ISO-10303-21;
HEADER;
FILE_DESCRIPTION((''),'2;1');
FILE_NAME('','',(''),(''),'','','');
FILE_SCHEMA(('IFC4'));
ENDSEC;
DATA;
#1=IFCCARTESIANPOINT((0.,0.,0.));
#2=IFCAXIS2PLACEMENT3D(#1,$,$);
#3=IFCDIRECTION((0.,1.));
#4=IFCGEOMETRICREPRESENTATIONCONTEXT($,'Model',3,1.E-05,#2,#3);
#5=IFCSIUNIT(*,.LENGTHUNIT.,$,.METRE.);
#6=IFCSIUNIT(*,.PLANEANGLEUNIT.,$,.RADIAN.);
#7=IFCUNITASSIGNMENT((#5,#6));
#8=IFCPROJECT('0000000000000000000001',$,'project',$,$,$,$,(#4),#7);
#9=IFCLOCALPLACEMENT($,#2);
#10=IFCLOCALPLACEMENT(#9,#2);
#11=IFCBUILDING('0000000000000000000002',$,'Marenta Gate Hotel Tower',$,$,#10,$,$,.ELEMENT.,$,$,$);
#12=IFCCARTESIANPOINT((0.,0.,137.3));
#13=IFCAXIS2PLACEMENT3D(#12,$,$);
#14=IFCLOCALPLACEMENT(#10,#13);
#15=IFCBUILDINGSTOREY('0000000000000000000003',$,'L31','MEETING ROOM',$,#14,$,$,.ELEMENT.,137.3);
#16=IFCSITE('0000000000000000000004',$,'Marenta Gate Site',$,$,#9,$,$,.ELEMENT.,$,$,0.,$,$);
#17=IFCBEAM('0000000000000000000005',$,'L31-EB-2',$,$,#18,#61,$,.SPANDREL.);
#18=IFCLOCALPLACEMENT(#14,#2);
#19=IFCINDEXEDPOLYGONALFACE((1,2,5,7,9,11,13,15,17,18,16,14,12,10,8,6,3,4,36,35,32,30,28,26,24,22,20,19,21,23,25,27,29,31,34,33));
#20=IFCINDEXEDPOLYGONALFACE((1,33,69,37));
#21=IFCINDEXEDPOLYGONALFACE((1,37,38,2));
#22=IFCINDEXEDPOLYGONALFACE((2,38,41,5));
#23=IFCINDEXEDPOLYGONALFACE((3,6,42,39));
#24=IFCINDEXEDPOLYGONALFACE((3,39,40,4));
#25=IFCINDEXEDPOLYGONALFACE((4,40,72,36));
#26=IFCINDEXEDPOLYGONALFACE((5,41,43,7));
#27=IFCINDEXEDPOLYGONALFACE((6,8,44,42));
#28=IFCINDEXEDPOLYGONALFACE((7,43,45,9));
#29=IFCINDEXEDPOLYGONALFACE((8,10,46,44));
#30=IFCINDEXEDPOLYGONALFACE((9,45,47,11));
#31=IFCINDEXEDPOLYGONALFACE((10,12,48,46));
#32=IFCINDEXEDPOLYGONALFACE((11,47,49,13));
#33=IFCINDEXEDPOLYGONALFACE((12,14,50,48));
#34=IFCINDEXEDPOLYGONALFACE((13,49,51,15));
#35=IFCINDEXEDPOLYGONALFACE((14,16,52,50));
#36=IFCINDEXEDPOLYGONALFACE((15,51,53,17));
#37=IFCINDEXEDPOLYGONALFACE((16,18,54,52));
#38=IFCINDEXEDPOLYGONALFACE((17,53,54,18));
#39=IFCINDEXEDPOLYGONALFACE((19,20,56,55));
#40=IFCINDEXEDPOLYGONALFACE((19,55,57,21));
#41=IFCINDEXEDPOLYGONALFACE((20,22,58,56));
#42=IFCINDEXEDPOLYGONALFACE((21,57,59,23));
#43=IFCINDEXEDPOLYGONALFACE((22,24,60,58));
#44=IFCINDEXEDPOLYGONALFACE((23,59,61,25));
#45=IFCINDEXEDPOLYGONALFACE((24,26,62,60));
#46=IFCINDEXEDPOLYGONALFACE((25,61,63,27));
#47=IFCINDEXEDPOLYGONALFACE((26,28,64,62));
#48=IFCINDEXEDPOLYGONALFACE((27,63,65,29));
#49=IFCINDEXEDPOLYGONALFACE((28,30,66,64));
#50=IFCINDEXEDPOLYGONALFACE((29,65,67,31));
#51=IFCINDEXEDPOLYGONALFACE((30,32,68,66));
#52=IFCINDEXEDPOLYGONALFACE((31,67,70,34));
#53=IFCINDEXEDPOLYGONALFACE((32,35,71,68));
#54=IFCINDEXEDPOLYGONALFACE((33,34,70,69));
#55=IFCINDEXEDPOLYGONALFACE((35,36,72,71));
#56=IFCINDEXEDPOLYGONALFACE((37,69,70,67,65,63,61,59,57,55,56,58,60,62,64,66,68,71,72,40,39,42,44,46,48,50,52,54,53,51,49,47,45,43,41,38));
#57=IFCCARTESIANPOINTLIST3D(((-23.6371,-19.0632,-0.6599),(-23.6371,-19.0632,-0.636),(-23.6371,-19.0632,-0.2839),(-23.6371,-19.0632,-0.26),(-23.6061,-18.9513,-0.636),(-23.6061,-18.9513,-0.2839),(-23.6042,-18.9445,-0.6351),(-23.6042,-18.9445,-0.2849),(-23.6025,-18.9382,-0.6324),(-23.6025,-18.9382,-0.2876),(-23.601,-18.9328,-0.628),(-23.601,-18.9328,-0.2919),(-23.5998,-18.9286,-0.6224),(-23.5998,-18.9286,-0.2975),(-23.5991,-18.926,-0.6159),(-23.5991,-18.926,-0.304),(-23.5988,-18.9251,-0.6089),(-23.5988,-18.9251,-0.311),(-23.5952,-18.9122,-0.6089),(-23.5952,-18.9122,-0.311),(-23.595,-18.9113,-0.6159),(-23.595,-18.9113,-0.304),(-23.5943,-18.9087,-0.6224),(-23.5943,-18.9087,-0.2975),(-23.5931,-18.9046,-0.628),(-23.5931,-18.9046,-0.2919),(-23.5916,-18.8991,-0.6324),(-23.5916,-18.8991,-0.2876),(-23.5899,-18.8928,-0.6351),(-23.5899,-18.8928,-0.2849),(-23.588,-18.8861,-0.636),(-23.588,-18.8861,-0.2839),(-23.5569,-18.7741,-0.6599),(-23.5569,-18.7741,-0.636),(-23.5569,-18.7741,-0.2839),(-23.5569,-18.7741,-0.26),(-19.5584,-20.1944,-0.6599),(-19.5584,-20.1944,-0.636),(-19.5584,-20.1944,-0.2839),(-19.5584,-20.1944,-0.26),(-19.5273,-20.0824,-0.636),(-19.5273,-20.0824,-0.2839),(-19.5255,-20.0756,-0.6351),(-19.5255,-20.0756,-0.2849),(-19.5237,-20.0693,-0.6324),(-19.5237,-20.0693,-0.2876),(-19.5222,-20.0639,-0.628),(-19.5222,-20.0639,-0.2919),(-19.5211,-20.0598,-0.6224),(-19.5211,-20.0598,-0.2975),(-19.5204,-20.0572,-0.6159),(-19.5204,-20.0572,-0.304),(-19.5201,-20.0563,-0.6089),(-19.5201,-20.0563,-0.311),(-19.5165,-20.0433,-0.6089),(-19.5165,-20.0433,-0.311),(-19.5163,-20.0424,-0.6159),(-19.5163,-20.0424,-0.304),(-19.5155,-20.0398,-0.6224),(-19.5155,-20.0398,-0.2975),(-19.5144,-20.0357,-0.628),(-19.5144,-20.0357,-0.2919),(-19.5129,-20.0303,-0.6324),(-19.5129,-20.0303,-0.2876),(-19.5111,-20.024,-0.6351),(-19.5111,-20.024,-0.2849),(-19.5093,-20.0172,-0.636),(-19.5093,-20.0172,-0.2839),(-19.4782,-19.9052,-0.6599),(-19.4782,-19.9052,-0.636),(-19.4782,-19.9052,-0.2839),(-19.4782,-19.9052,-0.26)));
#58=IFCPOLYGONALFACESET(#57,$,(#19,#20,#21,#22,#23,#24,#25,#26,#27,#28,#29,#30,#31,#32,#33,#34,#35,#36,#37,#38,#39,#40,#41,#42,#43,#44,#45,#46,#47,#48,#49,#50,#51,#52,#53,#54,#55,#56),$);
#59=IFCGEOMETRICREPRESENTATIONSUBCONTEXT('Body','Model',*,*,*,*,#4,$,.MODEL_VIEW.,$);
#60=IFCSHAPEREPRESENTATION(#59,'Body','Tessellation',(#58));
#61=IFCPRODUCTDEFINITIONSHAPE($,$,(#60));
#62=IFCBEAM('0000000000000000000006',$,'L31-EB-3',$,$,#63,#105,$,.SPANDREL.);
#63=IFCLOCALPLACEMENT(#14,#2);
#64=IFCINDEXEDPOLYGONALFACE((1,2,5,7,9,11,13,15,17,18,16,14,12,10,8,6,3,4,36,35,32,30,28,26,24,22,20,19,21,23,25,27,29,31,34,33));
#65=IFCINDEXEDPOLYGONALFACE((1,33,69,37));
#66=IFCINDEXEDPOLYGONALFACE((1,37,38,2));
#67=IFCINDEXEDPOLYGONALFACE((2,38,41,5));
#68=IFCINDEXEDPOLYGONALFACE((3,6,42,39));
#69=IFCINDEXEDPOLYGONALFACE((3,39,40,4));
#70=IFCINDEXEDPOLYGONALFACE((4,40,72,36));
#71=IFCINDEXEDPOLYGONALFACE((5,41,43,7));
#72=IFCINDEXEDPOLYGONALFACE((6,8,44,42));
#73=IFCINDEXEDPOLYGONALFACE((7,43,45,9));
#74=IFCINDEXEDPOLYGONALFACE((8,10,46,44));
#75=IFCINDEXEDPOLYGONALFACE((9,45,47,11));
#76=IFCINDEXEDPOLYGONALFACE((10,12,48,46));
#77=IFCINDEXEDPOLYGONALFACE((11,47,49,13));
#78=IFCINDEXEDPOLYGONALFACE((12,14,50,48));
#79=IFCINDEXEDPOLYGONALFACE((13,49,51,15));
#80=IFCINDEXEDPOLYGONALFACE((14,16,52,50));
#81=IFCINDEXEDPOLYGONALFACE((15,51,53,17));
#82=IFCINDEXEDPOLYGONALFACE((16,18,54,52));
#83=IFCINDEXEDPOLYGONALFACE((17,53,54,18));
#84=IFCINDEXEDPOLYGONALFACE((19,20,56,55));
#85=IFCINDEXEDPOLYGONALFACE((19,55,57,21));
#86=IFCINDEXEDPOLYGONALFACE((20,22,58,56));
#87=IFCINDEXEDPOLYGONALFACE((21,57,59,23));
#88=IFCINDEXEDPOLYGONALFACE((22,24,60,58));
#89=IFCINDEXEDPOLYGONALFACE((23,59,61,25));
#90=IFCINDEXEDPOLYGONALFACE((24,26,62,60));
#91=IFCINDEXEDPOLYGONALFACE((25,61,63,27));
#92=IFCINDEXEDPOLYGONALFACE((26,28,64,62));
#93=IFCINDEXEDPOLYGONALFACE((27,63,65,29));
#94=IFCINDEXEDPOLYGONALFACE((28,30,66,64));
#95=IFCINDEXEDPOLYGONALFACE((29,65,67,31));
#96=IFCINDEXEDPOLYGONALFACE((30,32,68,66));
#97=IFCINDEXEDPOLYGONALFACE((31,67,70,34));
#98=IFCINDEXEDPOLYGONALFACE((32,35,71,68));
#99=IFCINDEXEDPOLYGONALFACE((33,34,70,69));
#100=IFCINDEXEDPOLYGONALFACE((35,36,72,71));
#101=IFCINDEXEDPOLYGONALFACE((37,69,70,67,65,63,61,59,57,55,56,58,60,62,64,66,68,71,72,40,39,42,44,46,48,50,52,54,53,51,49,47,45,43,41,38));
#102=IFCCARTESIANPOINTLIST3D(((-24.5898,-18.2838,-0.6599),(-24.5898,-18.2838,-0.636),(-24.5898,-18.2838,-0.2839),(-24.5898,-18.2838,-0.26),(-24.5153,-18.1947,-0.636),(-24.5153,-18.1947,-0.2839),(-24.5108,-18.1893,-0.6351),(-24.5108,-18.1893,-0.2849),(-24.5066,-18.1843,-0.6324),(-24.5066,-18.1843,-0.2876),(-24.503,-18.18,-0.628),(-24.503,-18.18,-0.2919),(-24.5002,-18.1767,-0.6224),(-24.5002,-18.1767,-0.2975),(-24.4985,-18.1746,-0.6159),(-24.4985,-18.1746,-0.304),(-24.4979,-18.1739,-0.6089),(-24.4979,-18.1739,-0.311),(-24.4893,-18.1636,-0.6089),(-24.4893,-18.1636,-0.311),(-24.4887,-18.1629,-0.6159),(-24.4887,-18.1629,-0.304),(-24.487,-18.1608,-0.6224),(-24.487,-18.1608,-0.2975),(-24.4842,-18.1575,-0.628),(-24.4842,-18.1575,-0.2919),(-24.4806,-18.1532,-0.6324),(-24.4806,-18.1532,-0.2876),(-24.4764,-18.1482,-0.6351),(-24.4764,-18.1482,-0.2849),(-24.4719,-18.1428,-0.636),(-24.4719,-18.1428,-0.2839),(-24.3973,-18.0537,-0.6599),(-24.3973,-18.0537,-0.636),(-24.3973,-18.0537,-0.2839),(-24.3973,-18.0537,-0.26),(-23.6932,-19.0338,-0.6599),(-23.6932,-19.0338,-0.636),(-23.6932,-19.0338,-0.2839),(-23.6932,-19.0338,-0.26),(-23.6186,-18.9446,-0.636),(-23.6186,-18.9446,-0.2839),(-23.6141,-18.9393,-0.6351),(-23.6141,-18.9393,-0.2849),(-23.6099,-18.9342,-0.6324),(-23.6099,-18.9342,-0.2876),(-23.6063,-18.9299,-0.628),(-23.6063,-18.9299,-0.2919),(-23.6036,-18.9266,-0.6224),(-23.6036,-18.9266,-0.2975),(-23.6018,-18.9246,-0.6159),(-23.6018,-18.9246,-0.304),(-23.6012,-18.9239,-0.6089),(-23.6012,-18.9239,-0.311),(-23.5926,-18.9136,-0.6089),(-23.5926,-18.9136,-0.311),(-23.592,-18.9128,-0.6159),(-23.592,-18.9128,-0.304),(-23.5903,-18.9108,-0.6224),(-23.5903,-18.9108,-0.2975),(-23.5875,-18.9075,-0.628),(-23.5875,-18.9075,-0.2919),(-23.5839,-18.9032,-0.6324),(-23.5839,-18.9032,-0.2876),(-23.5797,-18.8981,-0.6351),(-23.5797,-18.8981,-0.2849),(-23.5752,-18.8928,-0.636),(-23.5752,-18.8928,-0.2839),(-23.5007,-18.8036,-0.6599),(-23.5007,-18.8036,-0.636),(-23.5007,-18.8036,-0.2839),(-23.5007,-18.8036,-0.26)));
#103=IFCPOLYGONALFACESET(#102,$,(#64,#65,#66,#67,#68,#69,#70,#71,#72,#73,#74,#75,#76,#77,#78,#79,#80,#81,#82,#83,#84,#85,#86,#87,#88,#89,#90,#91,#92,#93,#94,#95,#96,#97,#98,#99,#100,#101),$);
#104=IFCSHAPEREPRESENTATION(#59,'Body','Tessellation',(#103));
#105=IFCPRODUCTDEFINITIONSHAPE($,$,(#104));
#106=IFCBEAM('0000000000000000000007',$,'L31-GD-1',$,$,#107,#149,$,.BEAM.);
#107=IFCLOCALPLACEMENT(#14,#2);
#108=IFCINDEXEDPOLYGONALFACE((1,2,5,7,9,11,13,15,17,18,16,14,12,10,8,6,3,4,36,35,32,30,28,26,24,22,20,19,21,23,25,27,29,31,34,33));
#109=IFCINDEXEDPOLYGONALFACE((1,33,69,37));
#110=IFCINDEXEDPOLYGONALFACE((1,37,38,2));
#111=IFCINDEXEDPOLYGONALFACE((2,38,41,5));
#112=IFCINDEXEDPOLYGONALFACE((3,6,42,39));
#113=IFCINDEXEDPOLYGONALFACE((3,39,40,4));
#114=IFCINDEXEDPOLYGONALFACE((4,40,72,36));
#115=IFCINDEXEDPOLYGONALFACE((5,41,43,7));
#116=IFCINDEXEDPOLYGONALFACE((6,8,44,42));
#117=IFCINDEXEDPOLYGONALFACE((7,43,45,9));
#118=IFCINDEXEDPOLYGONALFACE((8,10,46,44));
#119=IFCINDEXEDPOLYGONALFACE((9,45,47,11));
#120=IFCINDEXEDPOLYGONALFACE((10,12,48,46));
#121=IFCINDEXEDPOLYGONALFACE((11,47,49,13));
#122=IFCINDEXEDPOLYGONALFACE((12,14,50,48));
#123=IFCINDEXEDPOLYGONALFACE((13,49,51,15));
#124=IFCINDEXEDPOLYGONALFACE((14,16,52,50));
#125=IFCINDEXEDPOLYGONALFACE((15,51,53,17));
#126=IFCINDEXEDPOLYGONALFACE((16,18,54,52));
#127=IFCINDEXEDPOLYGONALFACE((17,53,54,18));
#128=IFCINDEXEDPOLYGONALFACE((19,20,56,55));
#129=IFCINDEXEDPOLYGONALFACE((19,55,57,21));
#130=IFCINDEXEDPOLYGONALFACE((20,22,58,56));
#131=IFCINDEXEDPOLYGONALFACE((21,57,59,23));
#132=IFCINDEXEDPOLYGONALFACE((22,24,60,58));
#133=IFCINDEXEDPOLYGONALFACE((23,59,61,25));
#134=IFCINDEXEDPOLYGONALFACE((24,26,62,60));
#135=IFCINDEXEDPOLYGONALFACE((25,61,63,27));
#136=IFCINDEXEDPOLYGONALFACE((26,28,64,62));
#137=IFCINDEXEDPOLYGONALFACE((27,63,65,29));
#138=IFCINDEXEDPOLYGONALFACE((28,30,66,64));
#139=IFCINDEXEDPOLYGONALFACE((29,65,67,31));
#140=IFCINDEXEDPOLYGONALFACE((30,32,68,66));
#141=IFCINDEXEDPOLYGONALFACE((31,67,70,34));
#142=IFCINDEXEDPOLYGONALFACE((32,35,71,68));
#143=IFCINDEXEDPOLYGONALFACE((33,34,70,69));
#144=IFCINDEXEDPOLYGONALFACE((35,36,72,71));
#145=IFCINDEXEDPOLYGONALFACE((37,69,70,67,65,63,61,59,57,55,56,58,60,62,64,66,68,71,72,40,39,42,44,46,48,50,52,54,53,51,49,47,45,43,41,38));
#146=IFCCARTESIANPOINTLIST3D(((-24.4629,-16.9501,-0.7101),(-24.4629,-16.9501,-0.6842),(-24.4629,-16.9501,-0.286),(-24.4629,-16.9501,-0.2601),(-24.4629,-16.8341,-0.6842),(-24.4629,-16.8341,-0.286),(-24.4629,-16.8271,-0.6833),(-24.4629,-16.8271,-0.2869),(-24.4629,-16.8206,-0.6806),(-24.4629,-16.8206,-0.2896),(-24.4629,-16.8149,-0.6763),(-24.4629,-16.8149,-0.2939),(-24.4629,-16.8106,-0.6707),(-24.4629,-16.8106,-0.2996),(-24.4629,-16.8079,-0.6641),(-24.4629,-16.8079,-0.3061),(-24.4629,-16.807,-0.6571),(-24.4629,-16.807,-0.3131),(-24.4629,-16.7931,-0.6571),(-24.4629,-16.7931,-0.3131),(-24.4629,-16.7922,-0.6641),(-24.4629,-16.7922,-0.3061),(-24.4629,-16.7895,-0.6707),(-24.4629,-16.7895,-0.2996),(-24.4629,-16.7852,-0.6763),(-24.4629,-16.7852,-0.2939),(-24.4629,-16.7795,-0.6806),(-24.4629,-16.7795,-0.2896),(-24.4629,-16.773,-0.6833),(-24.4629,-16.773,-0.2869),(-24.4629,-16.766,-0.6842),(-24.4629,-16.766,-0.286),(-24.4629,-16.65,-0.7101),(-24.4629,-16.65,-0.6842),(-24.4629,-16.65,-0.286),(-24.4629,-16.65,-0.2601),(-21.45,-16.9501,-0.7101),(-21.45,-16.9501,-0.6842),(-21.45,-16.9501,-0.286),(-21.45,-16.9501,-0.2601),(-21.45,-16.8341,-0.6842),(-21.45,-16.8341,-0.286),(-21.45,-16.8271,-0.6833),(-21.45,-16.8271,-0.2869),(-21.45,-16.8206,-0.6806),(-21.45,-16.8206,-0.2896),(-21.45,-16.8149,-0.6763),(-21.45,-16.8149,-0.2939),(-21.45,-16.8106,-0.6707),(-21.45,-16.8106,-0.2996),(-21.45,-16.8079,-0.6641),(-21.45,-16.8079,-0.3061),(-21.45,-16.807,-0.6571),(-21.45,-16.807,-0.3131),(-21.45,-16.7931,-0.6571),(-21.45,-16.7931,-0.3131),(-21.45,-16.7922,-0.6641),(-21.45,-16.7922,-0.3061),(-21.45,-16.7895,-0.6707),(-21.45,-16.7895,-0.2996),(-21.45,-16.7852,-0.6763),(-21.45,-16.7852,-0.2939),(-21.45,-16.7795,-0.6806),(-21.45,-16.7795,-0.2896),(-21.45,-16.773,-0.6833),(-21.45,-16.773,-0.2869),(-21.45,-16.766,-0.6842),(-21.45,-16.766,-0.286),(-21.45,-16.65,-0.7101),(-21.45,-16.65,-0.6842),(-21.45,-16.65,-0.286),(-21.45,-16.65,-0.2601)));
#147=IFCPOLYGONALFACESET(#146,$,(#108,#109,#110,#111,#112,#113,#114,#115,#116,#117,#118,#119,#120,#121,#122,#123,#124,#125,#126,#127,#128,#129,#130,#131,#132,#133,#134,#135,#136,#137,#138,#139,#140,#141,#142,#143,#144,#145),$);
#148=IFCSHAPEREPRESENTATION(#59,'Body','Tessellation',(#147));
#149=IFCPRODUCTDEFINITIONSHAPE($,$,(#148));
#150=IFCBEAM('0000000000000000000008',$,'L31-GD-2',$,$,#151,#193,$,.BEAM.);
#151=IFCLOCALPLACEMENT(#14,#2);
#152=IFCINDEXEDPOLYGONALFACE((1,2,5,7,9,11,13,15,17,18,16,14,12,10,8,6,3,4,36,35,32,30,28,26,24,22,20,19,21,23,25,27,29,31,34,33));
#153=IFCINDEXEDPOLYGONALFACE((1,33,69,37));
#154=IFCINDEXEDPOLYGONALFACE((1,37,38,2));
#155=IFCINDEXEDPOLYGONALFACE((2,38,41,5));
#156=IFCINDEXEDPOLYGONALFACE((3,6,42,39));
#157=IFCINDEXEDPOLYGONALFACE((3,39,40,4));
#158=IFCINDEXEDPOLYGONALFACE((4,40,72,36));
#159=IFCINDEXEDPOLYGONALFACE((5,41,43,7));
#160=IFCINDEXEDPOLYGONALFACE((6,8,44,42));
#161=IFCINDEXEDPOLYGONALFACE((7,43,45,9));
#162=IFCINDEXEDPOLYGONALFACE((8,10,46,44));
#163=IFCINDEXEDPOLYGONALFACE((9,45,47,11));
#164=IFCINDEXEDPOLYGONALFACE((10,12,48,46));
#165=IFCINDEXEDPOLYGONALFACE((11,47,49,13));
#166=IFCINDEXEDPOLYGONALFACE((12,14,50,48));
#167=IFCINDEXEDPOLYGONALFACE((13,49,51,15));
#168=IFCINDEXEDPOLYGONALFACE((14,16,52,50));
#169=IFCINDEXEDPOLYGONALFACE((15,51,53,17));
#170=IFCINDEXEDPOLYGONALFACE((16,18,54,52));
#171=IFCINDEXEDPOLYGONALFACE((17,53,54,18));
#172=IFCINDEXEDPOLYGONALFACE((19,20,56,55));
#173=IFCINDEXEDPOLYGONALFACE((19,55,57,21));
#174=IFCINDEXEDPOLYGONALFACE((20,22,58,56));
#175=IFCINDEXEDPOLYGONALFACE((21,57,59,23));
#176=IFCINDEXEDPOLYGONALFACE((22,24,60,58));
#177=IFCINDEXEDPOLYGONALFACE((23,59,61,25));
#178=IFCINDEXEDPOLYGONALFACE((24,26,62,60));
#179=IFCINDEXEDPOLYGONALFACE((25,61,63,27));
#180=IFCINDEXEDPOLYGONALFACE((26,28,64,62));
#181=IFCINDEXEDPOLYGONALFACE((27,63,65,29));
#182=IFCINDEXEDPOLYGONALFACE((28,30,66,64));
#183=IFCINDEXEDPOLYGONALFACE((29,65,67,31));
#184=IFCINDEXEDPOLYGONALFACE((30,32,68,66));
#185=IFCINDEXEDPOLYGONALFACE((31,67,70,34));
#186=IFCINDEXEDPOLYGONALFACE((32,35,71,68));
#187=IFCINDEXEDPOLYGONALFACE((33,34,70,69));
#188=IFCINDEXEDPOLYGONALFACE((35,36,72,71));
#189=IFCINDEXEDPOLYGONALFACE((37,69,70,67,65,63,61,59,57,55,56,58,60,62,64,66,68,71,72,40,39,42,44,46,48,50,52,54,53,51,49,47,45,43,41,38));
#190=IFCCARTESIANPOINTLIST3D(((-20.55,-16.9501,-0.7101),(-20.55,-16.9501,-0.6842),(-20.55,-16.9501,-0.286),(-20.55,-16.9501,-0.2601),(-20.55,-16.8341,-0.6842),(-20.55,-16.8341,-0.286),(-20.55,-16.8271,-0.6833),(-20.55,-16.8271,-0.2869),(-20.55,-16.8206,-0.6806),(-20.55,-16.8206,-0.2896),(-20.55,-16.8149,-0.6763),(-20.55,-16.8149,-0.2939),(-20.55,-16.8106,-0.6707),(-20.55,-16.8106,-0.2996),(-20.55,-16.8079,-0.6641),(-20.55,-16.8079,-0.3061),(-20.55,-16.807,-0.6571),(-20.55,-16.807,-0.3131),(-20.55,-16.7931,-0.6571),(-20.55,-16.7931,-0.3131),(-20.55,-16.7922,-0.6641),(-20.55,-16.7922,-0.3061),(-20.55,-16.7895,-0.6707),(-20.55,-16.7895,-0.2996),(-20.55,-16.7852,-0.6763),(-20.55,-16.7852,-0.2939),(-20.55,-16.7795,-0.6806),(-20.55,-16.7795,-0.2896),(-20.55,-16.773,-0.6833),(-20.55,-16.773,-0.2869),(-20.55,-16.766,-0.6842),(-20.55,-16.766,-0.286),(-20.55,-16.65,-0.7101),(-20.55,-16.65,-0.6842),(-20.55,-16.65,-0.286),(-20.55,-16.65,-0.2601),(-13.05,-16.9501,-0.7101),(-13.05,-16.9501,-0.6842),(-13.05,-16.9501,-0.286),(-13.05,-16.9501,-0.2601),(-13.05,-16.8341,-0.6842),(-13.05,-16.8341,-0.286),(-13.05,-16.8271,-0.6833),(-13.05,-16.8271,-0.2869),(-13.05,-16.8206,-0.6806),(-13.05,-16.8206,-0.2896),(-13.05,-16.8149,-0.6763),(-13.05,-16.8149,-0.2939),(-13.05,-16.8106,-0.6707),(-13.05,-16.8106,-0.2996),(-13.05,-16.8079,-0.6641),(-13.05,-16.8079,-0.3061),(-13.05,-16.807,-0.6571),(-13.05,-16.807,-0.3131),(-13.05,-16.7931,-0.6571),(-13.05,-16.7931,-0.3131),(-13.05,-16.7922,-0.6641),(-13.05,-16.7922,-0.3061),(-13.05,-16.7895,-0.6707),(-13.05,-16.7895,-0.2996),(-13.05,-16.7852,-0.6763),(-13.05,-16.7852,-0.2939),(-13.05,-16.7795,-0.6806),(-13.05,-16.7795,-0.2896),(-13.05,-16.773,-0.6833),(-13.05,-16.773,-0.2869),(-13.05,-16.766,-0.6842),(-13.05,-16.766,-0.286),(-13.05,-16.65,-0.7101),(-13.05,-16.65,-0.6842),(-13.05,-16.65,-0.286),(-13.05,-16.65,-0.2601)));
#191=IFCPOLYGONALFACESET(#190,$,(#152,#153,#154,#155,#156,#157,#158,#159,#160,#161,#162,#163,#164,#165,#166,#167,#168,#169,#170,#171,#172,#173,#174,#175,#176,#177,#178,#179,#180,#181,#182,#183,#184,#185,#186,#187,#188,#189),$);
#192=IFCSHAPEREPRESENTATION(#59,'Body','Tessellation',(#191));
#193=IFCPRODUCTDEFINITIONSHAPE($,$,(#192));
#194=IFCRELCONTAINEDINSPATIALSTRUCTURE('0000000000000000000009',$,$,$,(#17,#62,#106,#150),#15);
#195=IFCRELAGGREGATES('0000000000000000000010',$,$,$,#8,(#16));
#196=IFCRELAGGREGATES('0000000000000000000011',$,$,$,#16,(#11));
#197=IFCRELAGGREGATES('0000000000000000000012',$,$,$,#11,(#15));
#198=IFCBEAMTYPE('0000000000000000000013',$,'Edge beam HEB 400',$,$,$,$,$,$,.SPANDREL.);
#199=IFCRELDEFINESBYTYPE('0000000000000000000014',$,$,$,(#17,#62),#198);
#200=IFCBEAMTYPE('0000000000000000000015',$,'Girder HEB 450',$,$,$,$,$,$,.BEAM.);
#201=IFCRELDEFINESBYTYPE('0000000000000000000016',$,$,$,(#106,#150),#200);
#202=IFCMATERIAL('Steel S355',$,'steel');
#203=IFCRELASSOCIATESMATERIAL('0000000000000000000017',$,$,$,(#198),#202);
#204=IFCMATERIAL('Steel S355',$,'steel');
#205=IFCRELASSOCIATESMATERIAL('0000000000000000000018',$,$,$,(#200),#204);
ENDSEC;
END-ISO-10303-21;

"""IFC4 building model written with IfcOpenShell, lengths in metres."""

from ifc_helpers import new_model, si_unit, direction, frame, origin, origin_2d, place, context, subcontext, project, spatial, i_section, extrude, material, material_profile, profile_set, type_object, element, save


model = new_model("IFC4")

# Units and contexts
model_context = context("Model", 3, precision=1e-05, world=origin(), true_north=direction((0.0, 1.0)))
body_context = subcontext(model_context, "Body", "Model", "MODEL_VIEW")
ifc_project = project(units=[si_unit("LENGTHUNIT", "METRE"), si_unit("PLANEANGLEUNIT", "RADIAN")], contexts=[model_context])

# Site, building, storey
site_placement = place(None, origin())
site = spatial("IfcSite", under=ifc_project, at=site_placement, Name="Marenta Gate Site", CompositionType="ELEMENT", RefElevation=0.0)
building_placement = place(site_placement, origin())
building = spatial("IfcBuilding", under=site, at=building_placement, Name="Marenta Gate Hotel Tower", CompositionType="ELEMENT")
storey_placement = place(building_placement, frame((0.0, 0.0, 137.3)))
storey = spatial("IfcBuildingStorey", under=building, at=storey_placement, Name="L31", Description="MEETING ROOM", CompositionType="ELEMENT", Elevation=137.3)

# Beams
ifc_material_1 = material(Name="Steel S355", Category="steel")
ifc_material_profile_1 = material_profile(ifc_material_1, i_section(OverallWidth=0.3, OverallDepth=0.3999, WebThickness=0.0134, FlangeThickness=0.0239, FilletRadius=0.0271, at=origin_2d()), Name="HEB 400")
ifc_profile_set_1 = profile_set([ifc_material_profile_1], Name="Steel S355")
beam_type_1 = type_object("IfcBeamType", Name="Edge beam HEB 400", PredefinedType="SPANDREL", material=ifc_profile_set_1)
beam_1_placement = place(storey_placement, frame((-19.5183, -20.0498, -0.46), z_axis=(-0.96363, 0.267239, 0.0), x_axis=(-0.267239, -0.96363, 0.0)))
element("IfcBeam", 1, at=beam_1_placement, inside=storey, type_object=beam_type_1, Name="L31-EB-2", PredefinedType="SPANDREL", context=body_context, shape_type="SweptSolid", body=[
    extrude(i_section(OverallWidth=0.3, OverallDepth=0.3999, WebThickness=0.0134, FlangeThickness=0.0239, FilletRadius=0.0271, at=origin_2d()), origin(), (0.0, 0.0, 1.0), 4.2327),
])
beam_2_placement = place(storey_placement, frame((-23.5969, -18.9187, -0.46), z_axis=(-0.767073, 0.64156, 0.0), x_axis=(-0.64156, -0.767073, 0.0)))
element("IfcBeam", 2, at=beam_2_placement, inside=storey, type_object=beam_type_1, Name="L31-EB-3", PredefinedType="SPANDREL", context=body_context, shape_type="SweptSolid", body=[
    extrude(i_section(OverallWidth=0.3, OverallDepth=0.3999, WebThickness=0.0134, FlangeThickness=0.0239, FilletRadius=0.0271, at=origin_2d()), origin(), (0.0, 0.0, 1.0), 1.1689),
])
ifc_material_2 = material(Name="Steel S355", Category="steel")
ifc_material_profile_2 = material_profile(ifc_material_2, i_section(OverallWidth=0.3, OverallDepth=0.45, WebThickness=0.0139, FlangeThickness=0.0259, FilletRadius=0.0271, at=origin_2d()), Name="HEB 450")
ifc_profile_set_2 = profile_set([ifc_material_profile_2], Name="Steel S355")
beam_type_2 = type_object("IfcBeamType", Name="Girder HEB 450", PredefinedType="BEAM", material=ifc_profile_set_2)
beam_3_placement = place(storey_placement, frame((-24.4629, -16.8, -0.4851), z_axis=(1.0, 0.0, 0.0), x_axis=(0.0, 1.0, 0.0)))
element("IfcBeam", 3, at=beam_3_placement, inside=storey, type_object=beam_type_2, Name="L31-GD-1", PredefinedType="BEAM", context=body_context, shape_type="SweptSolid", body=[
    extrude(i_section(OverallWidth=0.3, OverallDepth=0.45, WebThickness=0.0139, FlangeThickness=0.0259, FilletRadius=0.0271, at=origin_2d()), origin(), (0.0, 0.0, 1.0), 3.0129),
])
beam_4_placement = place(storey_placement, frame((-20.55, -16.8, -0.4851), z_axis=(1.0, 0.0, 0.0), x_axis=(0.0, 1.0, 0.0)))
element("IfcBeam", 4, at=beam_4_placement, inside=storey, type_object=beam_type_2, Name="L31-GD-2", PredefinedType="BEAM", context=body_context, shape_type="SweptSolid", body=[
    extrude(i_section(OverallWidth=0.3, OverallDepth=0.45, WebThickness=0.0139, FlangeThickness=0.0259, FilletRadius=0.0271, at=origin_2d()), origin(), (0.0, 0.0, 1.0), 7.5),
])

save(model, "model.ifc")
